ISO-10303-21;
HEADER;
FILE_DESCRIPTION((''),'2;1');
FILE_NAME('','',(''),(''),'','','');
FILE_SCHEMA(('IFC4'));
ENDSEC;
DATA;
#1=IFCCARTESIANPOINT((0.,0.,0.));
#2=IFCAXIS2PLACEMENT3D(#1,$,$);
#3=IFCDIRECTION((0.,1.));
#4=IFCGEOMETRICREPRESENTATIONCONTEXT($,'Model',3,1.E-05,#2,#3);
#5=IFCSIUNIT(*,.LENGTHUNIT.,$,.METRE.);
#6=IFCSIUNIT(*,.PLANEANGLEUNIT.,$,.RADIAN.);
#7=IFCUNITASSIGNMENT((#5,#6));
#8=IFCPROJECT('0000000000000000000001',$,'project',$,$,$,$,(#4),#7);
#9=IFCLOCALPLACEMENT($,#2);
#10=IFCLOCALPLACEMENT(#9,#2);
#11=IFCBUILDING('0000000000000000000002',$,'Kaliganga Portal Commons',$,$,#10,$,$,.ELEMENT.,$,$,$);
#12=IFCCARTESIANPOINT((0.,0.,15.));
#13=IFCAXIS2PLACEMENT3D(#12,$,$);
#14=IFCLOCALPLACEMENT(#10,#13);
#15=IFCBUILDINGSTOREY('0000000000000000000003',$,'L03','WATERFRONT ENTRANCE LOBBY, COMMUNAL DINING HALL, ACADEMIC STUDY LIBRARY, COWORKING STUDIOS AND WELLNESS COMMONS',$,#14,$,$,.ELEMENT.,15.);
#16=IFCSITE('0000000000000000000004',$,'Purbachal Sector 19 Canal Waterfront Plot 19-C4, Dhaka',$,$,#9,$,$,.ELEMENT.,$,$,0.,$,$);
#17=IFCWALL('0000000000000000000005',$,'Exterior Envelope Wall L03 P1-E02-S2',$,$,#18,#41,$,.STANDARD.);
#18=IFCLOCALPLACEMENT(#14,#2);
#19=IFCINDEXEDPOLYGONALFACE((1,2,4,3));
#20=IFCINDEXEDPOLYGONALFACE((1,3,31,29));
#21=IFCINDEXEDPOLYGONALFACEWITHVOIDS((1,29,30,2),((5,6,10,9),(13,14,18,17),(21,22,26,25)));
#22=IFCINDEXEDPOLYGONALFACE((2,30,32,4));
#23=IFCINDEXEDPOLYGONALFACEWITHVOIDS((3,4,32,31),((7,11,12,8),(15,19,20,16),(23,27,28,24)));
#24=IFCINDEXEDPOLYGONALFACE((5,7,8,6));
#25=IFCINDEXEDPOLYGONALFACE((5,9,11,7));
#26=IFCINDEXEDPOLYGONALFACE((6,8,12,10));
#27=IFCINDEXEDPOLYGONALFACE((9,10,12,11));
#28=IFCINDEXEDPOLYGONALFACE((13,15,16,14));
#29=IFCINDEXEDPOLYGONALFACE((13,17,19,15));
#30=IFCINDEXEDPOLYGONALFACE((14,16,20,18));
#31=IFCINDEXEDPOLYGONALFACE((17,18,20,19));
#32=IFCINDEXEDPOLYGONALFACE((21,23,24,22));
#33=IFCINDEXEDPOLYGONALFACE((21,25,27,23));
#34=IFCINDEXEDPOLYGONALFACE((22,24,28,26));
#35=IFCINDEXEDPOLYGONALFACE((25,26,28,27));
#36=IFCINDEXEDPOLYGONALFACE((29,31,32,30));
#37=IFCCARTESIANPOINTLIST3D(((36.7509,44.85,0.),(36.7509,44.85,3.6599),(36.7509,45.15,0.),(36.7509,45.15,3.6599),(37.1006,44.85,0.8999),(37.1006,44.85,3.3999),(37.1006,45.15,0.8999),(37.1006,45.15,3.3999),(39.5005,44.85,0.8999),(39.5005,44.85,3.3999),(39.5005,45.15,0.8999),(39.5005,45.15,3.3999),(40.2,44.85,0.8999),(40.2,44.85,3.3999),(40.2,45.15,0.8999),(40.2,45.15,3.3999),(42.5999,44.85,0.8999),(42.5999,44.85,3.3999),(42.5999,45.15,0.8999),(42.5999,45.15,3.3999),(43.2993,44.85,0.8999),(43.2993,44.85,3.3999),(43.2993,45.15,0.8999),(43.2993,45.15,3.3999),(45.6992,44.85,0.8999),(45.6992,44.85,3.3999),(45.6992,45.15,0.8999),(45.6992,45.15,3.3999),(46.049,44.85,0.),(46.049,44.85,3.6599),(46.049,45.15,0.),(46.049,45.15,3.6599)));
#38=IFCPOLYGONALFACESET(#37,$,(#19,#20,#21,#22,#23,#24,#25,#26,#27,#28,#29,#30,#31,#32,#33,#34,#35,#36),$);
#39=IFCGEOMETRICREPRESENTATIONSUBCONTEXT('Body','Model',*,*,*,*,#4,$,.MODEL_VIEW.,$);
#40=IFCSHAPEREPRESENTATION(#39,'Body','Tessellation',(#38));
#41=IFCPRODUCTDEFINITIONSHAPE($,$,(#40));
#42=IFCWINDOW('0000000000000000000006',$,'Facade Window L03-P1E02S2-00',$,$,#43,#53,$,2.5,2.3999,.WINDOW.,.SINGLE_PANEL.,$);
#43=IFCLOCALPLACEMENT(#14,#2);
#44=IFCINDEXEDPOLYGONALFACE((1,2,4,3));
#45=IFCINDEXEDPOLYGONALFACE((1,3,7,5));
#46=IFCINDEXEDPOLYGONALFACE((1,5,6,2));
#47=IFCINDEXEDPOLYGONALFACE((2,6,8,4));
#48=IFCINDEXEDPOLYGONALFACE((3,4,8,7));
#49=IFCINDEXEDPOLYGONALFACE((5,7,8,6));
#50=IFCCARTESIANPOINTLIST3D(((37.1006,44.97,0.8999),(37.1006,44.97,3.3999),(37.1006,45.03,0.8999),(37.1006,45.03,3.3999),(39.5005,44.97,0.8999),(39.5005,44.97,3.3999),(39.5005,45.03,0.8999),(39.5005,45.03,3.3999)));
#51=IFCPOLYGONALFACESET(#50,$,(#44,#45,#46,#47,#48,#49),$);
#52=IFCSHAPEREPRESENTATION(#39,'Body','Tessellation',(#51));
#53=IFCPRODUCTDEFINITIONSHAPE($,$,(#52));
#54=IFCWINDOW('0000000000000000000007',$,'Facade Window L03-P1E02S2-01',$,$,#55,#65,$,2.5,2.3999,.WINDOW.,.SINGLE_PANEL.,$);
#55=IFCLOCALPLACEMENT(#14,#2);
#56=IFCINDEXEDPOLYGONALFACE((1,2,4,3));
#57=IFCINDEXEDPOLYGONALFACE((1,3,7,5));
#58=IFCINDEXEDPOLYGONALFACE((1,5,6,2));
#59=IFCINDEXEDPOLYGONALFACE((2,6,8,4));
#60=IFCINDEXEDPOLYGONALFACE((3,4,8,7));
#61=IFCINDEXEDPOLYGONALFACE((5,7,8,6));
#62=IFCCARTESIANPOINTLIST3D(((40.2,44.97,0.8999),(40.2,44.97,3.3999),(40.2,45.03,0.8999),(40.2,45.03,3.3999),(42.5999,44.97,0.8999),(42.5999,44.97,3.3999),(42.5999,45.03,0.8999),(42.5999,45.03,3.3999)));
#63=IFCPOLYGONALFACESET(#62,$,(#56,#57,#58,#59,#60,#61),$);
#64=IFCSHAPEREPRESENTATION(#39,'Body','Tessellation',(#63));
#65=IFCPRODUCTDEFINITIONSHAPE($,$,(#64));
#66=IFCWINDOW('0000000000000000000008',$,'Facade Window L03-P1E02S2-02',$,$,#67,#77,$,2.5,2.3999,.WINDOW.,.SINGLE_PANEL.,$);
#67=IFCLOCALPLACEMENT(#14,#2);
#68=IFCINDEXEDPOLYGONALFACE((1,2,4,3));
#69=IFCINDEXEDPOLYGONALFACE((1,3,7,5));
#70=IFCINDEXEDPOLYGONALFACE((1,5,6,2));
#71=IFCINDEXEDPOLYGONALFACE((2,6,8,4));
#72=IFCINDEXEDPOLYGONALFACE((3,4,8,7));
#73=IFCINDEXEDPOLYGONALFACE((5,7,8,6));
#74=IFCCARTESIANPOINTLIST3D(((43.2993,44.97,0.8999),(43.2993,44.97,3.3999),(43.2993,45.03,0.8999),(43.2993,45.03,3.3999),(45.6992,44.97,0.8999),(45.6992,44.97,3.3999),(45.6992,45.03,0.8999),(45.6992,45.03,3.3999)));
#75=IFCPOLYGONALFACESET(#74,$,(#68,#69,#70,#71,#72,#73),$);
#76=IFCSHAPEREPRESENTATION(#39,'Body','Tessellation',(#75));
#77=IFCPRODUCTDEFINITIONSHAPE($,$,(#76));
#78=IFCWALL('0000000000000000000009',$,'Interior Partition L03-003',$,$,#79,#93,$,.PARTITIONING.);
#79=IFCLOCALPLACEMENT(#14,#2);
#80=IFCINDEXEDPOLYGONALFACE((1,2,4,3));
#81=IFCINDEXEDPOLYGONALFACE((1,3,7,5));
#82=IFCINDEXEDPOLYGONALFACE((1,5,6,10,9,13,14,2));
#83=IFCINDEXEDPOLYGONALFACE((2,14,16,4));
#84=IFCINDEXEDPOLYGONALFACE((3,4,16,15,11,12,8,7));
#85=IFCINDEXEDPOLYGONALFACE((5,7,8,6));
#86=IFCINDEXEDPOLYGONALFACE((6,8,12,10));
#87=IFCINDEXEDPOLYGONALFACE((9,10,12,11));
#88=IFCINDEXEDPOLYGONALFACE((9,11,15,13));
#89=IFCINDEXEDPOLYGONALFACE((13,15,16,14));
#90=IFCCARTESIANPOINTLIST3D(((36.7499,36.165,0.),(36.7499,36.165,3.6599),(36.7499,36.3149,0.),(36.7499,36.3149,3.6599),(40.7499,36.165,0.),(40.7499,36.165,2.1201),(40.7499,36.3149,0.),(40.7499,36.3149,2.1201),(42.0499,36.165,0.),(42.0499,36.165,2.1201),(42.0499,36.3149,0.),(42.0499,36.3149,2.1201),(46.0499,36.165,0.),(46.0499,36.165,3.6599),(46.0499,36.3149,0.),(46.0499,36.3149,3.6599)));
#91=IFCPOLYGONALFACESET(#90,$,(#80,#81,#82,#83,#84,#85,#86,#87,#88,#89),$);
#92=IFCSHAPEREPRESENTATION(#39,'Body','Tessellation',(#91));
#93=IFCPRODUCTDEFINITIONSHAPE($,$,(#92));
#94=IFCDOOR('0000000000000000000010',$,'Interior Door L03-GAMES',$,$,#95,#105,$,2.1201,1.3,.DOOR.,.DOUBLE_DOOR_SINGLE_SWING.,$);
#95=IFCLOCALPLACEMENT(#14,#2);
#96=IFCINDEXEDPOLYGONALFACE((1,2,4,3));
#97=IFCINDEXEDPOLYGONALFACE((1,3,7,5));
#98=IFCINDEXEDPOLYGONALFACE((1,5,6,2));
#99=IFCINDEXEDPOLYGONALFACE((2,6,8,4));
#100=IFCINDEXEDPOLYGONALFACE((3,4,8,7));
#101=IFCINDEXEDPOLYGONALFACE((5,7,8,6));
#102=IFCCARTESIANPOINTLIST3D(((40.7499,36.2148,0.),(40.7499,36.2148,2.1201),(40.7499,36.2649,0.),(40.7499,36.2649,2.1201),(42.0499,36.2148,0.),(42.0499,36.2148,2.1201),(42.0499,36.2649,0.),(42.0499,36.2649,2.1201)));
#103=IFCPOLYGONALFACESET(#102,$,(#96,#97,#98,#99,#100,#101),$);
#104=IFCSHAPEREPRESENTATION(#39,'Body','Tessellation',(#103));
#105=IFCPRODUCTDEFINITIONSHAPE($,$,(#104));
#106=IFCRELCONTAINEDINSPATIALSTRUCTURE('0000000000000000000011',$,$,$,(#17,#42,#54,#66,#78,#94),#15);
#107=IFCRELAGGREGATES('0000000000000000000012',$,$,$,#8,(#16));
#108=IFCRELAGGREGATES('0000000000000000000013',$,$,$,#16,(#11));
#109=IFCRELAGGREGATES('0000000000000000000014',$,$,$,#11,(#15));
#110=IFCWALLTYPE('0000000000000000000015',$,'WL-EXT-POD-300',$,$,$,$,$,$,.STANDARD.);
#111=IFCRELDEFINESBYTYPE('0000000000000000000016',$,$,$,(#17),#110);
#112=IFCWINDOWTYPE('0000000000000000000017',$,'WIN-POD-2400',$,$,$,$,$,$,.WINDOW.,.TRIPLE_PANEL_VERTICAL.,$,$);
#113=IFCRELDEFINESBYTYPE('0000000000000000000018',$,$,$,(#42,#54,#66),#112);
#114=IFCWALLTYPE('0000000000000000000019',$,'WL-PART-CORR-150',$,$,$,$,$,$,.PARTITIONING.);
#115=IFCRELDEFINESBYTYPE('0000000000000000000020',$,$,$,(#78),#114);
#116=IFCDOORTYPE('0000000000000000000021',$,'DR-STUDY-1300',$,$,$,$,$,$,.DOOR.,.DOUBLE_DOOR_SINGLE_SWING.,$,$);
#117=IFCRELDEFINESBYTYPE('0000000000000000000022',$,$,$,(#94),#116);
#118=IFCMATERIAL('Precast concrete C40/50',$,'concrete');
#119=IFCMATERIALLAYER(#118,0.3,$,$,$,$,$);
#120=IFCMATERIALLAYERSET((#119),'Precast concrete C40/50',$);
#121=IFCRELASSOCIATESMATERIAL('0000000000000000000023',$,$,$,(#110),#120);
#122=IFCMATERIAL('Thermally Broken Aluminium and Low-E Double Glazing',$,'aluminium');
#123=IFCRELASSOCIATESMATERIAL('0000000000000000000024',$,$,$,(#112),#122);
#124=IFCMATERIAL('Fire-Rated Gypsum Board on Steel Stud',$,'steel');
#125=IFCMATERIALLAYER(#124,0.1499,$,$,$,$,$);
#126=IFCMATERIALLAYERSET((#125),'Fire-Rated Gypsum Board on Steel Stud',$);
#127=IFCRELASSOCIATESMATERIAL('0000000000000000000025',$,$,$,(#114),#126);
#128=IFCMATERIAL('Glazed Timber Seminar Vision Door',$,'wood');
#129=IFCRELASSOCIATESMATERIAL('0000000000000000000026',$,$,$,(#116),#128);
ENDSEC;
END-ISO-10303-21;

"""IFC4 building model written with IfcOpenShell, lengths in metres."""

from ifc_helpers import new_model, si_unit, direction, frame, frame_2d, origin, place, context, subcontext, project, spatial, rectangle, extrude, material, layer, layer_set, type_object, element, fill, save


model = new_model("IFC4")

# Units and contexts
model_context = context("Model", 3, precision=1e-05, world=origin(), true_north=direction((0.0, 1.0)))
body_context = subcontext(model_context, "Body", "Model", "MODEL_VIEW")
ifc_project = project(units=[si_unit("LENGTHUNIT", "METRE"), si_unit("PLANEANGLEUNIT", "RADIAN")], contexts=[model_context])

# Site, building, storey
site_placement = place(None, origin())
site = spatial("IfcSite", under=ifc_project, at=site_placement, Name="Purbachal Sector 19 Canal Waterfront Plot 19-C4, Dhaka", CompositionType="ELEMENT", RefElevation=0.0)
building_placement = place(site_placement, origin())
building = spatial("IfcBuilding", under=site, at=building_placement, Name="Kaliganga Portal Commons", CompositionType="ELEMENT")
storey_placement = place(building_placement, frame((0.0, 0.0, 15.0)))
storey = spatial("IfcBuildingStorey", under=building, at=storey_placement, Name="L03", Description="WATERFRONT ENTRANCE LOBBY, COMMUNAL DINING HALL, ACADEMIC STUDY LIBRARY, COWORKING STUDIOS AND WELLNESS COMMONS", CompositionType="ELEMENT", Elevation=15.0)

# Wall, openings, windows
ifc_material_1 = material(Name="Precast concrete C40/50", Category="concrete")
ifc_layer_1 = layer(ifc_material_1, 0.3)
ifc_layer_set_1 = layer_set([ifc_layer_1], Name="Precast concrete C40/50")
wall_type_1 = type_object("IfcWallType", Name="WL-EXT-POD-300", PredefinedType="STANDARD", material=ifc_layer_set_1)
wall_1_placement = place(storey_placement, frame((36.751, 45.0, 0.0), z_axis=(0.0, 0.0, 1.0), x_axis=(1.0, 0.0, 0.0)))
wall_1 = element("IfcWall", 1, at=wall_1_placement, inside=storey, type_object=wall_type_1, Name="Exterior Envelope Wall L03 P1-E02-S2", PredefinedType="STANDARD", context=body_context, shape_type="SweptSolid", body=[
    extrude(rectangle(XDim=9.2981, YDim=0.3, at=frame_2d((4.6489, 0.0))), origin(), (0.0, 0.0, 1.0), 3.6599),
])
opening_1_placement = place(wall_1_placement, frame((0.3496, 0.0, 0.8999)))
opening_1 = element("IfcOpeningElement", 2, at=opening_1_placement, cuts=wall_1, PredefinedType="OPENING", context=body_context, shape_type="SweptSolid", body=[
    extrude(rectangle(XDim=2.3999, YDim=2.5, at=frame_2d((1.2, 1.25))), frame((0.0, 0.1602, 0.0), z_axis=(0.0, -1.0, 0.0), x_axis=(1.0, 0.0, 0.0)), (0.0, 0.0, 1.0), 0.3201),
])
opening_2_placement = place(wall_1_placement, frame((3.449, 0.0, 0.8999)))
opening_2 = element("IfcOpeningElement", 3, at=opening_2_placement, cuts=wall_1, PredefinedType="OPENING", context=body_context, shape_type="SweptSolid", body=[
    extrude(rectangle(XDim=2.3999, YDim=2.5, at=frame_2d((1.2, 1.25))), frame((0.0, 0.1602, 0.0), z_axis=(0.0, -1.0, 0.0), x_axis=(1.0, 0.0, 0.0)), (0.0, 0.0, 1.0), 0.3201),
])
opening_3_placement = place(wall_1_placement, frame((6.5483, 0.0, 0.8999)))
opening_3 = element("IfcOpeningElement", 4, at=opening_3_placement, cuts=wall_1, PredefinedType="OPENING", context=body_context, shape_type="SweptSolid", body=[
    extrude(rectangle(XDim=2.3999, YDim=2.5, at=frame_2d((1.2, 1.25))), frame((0.0, 0.1602, 0.0), z_axis=(0.0, -1.0, 0.0), x_axis=(1.0, 0.0, 0.0)), (0.0, 0.0, 1.0), 0.3201),
])
ifc_material_2 = material(Name="Thermally Broken Aluminium and Low-E Double Glazing", Category="aluminium")
window_type = type_object("IfcWindowType", Name="WIN-POD-2400", PartitioningType="TRIPLE_PANEL_VERTICAL", PredefinedType="WINDOW", material=ifc_material_2)
window_1_placement = place(opening_1_placement, origin())
window_1 = element("IfcWindow", 5, at=window_1_placement, inside=storey, type_object=window_type, Name="Facade Window L03-P1E02S2-00", OverallHeight=2.5, OverallWidth=2.3999, PartitioningType="SINGLE_PANEL", PredefinedType="WINDOW", context=body_context, shape_type="SweptSolid", body=[
    extrude(rectangle(XDim=2.3999, YDim=2.5, at=frame_2d((1.2, 1.25))), frame((0.0, 0.03, 0.0), z_axis=(0.0, -1.0, 0.0), x_axis=(1.0, 0.0, 0.0)), (0.0, 0.0, 1.0), 0.0601),
])
fill(opening_1, window_1)
window_2_placement = place(opening_2_placement, origin())
window_2 = element("IfcWindow", 6, at=window_2_placement, inside=storey, type_object=window_type, Name="Facade Window L03-P1E02S2-01", OverallHeight=2.5, OverallWidth=2.3999, PartitioningType="SINGLE_PANEL", PredefinedType="WINDOW", context=body_context, shape_type="SweptSolid", body=[
    extrude(rectangle(XDim=2.3999, YDim=2.5, at=frame_2d((1.2, 1.25))), frame((0.0, 0.03, 0.0), z_axis=(0.0, -1.0, 0.0), x_axis=(1.0, 0.0, 0.0)), (0.0, 0.0, 1.0), 0.0601),
])
fill(opening_2, window_2)
window_3_placement = place(opening_3_placement, origin())
window_3 = element("IfcWindow", 7, at=window_3_placement, inside=storey, type_object=window_type, Name="Facade Window L03-P1E02S2-02", OverallHeight=2.5, OverallWidth=2.3999, PartitioningType="SINGLE_PANEL", PredefinedType="WINDOW", context=body_context, shape_type="SweptSolid", body=[
    extrude(rectangle(XDim=2.3999, YDim=2.5, at=frame_2d((1.2, 1.25))), frame((0.0, 0.03, 0.0), z_axis=(0.0, -1.0, 0.0), x_axis=(1.0, 0.0, 0.0)), (0.0, 0.0, 1.0), 0.0601),
])
fill(opening_3, window_3)

# Wall, opening, door
ifc_material_3 = material(Name="Fire-Rated Gypsum Board on Steel Stud", Category="steel")
ifc_layer_2 = layer(ifc_material_3, 0.1499)
ifc_layer_set_2 = layer_set([ifc_layer_2], Name="Fire-Rated Gypsum Board on Steel Stud")
wall_type_2 = type_object("IfcWallType", Name="WL-PART-CORR-150", PredefinedType="PARTITIONING", material=ifc_layer_set_2)
wall_2_placement = place(storey_placement, frame((36.75, 36.24, 0.0), z_axis=(0.0, 0.0, 1.0), x_axis=(1.0, 0.0, 0.0)))
wall_2 = element("IfcWall", 8, at=wall_2_placement, inside=storey, type_object=wall_type_2, Name="Interior Partition L03-003", PredefinedType="PARTITIONING", context=body_context, shape_type="SweptSolid", body=[
    extrude(rectangle(XDim=9.3, YDim=0.1499, at=frame_2d((4.6499, 0.0))), origin(), (0.0, 0.0, 1.0), 3.6599),
])
opening_4_placement = place(wall_2_placement, frame((4.0, 0.0, 0.0)))
opening_4 = element("IfcOpeningElement", 9, at=opening_4_placement, cuts=wall_2, PredefinedType="OPENING", context=body_context, shape_type="SweptSolid", body=[
    extrude(rectangle(XDim=1.3, YDim=2.1201, at=frame_2d((0.6499, 1.0601))), frame((0.0, 0.085, 0.0), z_axis=(0.0, -1.0, 0.0), x_axis=(1.0, 0.0, 0.0)), (0.0, 0.0, 1.0), 0.1699),
])
ifc_material_4 = material(Name="Glazed Timber Seminar Vision Door", Category="wood")
door_type = type_object("IfcDoorType", Name="DR-STUDY-1300", OperationType="DOUBLE_DOOR_SINGLE_SWING", PredefinedType="DOOR", material=ifc_material_4)
door_placement = place(opening_4_placement, origin())
door = element("IfcDoor", 10, at=door_placement, inside=storey, type_object=door_type, Name="Interior Door L03-GAMES", OperationType="DOUBLE_DOOR_SINGLE_SWING", OverallHeight=2.1201, OverallWidth=1.3, PredefinedType="DOOR", context=body_context, shape_type="SweptSolid", body=[
    extrude(rectangle(XDim=1.3, YDim=2.1201, at=frame_2d((0.6499, 1.0601))), frame((0.0, 0.0249, 0.0), z_axis=(0.0, -1.0, 0.0), x_axis=(1.0, 0.0, 0.0)), (0.0, 0.0, 1.0), 0.05),
])
fill(opening_4, door)

save(model, "model.ifc")
